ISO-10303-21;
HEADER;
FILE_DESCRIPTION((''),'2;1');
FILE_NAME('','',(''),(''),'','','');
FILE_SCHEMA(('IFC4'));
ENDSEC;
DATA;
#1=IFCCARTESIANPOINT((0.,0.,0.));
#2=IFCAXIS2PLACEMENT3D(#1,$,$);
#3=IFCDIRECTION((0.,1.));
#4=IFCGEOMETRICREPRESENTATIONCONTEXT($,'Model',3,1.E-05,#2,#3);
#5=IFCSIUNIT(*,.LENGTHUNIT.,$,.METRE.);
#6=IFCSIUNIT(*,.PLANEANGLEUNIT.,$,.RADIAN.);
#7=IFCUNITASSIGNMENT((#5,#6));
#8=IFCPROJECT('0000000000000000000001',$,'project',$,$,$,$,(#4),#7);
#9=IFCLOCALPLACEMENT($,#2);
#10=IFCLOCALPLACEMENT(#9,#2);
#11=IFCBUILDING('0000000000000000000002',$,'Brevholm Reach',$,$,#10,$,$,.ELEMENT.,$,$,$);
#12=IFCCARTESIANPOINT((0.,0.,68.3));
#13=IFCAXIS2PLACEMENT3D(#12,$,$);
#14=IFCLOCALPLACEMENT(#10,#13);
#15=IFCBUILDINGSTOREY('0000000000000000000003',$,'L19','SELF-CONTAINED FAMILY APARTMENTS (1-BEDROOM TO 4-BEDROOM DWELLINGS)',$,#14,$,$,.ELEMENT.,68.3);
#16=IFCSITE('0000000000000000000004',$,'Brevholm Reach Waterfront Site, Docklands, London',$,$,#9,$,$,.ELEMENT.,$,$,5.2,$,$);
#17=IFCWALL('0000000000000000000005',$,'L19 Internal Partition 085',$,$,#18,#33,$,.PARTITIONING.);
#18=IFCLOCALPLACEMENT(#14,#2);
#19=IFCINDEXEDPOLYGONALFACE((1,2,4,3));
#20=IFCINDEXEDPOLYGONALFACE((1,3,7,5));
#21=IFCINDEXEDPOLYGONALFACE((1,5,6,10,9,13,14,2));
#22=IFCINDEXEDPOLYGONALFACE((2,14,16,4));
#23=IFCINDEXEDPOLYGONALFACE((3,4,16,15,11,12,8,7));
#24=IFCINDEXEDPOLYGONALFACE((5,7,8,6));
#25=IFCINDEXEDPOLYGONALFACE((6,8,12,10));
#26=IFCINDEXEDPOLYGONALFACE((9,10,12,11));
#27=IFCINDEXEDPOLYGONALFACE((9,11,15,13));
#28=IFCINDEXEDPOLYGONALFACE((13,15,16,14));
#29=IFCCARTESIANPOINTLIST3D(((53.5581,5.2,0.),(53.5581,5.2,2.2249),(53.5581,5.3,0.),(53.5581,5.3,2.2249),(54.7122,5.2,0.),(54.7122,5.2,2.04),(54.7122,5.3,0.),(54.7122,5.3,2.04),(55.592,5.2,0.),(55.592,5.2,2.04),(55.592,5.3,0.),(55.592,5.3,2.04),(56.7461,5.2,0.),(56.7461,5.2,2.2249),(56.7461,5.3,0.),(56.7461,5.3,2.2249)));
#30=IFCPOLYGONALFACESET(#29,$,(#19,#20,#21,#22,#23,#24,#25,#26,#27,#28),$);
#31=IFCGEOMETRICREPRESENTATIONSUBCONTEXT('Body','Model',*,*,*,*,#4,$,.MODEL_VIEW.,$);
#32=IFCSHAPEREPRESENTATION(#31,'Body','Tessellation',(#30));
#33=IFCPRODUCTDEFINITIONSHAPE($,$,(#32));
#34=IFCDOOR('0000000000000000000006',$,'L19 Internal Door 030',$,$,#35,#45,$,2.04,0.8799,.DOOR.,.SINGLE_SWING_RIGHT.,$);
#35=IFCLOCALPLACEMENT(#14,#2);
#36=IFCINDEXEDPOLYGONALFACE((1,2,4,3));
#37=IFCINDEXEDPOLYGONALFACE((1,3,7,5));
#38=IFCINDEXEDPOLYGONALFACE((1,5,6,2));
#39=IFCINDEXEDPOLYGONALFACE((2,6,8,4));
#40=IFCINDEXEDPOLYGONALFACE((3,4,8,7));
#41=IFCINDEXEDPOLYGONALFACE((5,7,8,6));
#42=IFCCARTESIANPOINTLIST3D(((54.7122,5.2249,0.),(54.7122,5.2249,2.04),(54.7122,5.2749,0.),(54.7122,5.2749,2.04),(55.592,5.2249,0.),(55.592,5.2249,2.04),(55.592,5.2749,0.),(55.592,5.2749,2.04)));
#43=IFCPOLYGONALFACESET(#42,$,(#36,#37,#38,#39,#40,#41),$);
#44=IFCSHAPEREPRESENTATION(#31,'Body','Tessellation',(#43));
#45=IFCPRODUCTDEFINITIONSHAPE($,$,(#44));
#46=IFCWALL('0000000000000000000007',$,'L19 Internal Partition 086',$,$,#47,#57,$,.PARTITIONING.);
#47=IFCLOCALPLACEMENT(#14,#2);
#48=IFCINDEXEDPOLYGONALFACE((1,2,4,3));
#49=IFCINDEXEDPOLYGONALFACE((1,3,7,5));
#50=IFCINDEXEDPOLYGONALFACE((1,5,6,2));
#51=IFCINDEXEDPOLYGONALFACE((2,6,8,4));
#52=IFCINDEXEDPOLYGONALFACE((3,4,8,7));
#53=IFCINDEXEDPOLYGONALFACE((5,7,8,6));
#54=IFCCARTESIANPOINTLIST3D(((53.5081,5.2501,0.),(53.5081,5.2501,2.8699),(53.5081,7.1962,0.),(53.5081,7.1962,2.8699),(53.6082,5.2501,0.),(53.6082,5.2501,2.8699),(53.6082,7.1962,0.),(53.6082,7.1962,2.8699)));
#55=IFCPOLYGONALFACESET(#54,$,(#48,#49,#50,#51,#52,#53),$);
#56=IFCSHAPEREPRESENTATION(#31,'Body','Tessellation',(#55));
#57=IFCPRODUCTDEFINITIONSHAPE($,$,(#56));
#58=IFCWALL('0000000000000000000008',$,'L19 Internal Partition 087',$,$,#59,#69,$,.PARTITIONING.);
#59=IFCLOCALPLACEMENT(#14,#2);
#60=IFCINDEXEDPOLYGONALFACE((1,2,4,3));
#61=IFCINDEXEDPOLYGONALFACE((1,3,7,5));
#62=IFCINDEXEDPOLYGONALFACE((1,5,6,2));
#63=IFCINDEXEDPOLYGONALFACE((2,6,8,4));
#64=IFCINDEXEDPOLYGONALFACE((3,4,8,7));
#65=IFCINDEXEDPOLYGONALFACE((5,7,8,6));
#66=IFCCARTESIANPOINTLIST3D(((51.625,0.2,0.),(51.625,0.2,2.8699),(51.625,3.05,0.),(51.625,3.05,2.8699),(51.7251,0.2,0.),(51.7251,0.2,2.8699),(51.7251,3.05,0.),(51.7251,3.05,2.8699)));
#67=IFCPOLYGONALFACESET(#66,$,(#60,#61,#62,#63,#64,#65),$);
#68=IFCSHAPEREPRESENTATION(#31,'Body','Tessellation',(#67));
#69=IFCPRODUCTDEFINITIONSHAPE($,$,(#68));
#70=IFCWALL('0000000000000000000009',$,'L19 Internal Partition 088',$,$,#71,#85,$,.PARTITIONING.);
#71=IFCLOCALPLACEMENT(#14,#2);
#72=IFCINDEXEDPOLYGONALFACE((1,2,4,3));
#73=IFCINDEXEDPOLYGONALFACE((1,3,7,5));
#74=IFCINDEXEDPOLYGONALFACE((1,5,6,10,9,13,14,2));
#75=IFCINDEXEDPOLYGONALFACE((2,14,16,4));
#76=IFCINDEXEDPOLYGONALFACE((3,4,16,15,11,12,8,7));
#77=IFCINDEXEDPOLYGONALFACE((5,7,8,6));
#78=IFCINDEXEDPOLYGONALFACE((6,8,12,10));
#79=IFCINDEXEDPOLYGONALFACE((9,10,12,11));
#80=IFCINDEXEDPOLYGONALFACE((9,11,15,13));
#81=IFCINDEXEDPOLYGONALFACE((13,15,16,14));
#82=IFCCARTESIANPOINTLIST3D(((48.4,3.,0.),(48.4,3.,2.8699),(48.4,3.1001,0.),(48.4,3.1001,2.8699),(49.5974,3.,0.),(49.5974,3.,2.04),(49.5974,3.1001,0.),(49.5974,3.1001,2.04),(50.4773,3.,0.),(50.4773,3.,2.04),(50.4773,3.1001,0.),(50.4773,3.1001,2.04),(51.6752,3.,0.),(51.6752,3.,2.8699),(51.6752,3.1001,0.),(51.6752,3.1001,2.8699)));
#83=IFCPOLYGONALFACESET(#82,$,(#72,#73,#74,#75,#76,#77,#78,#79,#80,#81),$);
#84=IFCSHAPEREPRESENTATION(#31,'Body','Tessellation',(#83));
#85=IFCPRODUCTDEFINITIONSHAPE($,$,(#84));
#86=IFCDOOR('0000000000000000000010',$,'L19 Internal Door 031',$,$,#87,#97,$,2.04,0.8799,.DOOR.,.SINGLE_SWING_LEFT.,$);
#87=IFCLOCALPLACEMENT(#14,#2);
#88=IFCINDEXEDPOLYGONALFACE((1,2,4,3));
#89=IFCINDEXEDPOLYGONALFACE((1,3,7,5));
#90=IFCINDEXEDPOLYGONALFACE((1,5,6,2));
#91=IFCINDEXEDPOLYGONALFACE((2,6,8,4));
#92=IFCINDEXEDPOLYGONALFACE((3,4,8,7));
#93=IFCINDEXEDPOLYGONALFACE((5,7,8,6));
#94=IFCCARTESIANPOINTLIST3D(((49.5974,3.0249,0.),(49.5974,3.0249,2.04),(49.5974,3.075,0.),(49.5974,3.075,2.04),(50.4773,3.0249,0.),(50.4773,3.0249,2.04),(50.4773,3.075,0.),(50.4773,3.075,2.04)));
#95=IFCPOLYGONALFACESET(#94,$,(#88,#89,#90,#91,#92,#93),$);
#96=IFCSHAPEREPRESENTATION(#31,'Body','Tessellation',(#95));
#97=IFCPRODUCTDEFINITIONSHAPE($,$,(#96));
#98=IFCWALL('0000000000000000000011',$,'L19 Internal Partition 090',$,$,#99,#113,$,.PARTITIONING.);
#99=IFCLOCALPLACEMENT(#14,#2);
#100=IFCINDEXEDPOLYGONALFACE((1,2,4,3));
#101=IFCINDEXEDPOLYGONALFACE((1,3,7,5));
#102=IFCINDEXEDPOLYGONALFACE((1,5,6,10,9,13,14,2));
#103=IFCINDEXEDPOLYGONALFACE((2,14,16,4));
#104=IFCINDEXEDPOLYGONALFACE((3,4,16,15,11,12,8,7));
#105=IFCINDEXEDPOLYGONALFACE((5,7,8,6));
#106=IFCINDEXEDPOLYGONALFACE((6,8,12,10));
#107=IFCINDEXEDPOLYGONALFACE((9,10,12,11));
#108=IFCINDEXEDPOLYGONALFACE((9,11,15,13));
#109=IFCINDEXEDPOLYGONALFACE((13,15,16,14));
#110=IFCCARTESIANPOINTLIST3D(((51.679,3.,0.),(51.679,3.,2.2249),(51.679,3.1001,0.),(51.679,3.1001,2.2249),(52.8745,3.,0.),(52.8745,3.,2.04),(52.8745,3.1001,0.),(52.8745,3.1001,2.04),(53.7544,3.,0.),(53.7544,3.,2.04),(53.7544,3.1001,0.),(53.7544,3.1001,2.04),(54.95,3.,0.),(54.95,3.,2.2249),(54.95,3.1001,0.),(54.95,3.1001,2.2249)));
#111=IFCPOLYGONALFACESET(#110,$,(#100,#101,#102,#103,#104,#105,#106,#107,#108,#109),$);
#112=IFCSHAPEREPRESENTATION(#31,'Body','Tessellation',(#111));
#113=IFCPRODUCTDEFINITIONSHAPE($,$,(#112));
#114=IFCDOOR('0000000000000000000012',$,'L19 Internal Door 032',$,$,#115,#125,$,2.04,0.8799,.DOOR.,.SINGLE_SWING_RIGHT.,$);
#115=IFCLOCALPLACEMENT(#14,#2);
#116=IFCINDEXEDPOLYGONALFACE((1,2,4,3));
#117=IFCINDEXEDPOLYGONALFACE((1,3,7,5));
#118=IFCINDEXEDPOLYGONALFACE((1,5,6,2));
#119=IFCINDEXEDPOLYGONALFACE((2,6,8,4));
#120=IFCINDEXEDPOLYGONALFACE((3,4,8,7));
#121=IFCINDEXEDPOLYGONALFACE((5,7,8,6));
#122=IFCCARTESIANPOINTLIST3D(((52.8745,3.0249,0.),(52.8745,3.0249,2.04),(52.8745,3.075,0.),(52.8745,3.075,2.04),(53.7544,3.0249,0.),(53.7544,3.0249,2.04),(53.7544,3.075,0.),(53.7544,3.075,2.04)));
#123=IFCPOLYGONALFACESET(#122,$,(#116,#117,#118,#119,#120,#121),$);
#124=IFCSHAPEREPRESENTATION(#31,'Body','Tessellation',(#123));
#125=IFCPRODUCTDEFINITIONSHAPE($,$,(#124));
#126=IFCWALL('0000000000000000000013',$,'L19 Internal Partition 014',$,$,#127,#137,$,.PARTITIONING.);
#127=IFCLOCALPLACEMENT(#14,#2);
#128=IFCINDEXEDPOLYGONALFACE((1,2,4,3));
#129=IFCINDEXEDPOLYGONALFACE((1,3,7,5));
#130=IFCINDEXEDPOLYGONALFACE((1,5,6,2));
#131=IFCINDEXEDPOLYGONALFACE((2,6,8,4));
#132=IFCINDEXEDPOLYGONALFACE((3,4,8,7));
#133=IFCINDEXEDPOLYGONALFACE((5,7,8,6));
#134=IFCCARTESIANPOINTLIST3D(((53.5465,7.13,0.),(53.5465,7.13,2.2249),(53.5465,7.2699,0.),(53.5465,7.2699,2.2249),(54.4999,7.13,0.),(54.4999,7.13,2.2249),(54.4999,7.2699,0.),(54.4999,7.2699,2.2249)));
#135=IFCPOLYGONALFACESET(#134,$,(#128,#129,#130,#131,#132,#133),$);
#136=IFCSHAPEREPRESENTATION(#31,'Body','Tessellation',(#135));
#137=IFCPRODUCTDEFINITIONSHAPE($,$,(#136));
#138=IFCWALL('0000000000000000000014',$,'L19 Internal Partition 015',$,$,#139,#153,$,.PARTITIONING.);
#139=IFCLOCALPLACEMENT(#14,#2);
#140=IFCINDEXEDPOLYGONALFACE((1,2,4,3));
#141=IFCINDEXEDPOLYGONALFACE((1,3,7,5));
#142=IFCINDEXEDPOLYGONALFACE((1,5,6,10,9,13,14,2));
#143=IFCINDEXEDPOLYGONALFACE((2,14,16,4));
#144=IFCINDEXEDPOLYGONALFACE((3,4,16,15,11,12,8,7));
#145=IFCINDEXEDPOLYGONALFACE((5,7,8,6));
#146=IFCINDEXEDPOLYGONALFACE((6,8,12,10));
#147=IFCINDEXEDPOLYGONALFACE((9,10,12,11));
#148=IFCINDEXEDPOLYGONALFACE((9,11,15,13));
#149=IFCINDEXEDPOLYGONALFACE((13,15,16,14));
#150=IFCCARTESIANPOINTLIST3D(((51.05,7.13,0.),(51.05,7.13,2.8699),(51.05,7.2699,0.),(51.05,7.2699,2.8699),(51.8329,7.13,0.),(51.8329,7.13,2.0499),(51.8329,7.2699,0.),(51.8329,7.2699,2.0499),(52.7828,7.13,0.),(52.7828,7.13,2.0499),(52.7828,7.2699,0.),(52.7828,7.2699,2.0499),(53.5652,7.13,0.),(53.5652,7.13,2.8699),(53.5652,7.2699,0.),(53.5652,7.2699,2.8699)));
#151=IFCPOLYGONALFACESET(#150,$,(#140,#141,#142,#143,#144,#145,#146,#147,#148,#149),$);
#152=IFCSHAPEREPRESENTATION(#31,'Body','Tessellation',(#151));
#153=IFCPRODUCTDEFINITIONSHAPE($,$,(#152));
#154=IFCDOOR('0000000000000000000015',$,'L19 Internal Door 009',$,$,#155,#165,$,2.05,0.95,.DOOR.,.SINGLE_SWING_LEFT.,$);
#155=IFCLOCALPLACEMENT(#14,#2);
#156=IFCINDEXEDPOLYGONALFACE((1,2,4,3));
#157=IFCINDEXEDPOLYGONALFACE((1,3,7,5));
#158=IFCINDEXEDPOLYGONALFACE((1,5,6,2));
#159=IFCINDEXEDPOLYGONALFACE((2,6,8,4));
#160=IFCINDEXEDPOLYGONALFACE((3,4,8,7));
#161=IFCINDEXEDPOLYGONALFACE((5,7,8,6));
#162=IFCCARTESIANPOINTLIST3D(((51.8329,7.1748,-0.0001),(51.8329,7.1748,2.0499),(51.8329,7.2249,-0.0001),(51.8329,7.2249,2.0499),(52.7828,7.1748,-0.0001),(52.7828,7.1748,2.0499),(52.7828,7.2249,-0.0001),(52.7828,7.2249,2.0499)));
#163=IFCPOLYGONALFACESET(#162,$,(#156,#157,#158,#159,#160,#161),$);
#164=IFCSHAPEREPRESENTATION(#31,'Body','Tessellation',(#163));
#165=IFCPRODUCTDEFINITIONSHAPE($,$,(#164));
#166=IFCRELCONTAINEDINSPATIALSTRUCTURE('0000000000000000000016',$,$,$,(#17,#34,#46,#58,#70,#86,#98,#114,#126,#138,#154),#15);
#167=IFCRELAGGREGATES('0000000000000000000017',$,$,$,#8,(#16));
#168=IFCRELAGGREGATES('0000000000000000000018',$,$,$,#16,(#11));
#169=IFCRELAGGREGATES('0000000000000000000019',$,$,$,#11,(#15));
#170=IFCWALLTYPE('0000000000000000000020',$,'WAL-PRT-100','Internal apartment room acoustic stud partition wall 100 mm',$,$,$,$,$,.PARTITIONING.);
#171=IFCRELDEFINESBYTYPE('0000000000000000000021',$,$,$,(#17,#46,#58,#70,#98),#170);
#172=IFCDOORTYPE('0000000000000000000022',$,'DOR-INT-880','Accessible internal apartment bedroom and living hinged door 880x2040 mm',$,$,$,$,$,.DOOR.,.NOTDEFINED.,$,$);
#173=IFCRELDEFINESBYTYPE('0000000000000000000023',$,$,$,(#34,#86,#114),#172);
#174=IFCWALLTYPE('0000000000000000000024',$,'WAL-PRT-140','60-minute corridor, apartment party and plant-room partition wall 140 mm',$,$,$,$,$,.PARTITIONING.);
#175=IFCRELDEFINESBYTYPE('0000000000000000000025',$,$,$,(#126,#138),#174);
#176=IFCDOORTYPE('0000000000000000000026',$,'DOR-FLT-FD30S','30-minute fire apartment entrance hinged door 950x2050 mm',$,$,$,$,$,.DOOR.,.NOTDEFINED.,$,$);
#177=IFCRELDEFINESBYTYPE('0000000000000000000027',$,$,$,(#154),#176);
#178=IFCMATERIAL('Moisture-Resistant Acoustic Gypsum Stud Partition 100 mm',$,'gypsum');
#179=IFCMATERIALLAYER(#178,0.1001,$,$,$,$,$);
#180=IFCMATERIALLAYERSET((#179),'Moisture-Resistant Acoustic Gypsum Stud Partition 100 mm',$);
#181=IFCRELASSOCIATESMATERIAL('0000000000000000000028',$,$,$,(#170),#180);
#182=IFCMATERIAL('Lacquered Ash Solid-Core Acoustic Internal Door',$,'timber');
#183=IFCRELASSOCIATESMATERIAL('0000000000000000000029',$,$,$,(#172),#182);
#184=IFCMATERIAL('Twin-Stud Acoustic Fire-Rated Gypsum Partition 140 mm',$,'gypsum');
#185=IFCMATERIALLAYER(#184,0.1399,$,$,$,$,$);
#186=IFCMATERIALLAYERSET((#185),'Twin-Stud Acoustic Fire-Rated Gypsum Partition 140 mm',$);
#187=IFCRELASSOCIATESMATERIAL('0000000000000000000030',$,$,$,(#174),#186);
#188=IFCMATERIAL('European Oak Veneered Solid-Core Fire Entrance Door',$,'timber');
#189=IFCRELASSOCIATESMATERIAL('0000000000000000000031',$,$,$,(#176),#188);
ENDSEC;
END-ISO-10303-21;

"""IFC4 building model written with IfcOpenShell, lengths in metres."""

from ifc_helpers import new_model, si_unit, direction, frame, frame_2d, origin, place, context, subcontext, project, spatial, rectangle, extrude, material, layer, layer_set, type_object, element, fill, save


model = new_model("IFC4")

# Units and contexts
model_context = context("Model", 3, precision=1e-05, world=origin(), true_north=direction((0.0, 1.0)))
body_context = subcontext(model_context, "Body", "Model", "MODEL_VIEW")
ifc_project = project(units=[si_unit("LENGTHUNIT", "METRE"), si_unit("PLANEANGLEUNIT", "RADIAN")], contexts=[model_context])

# Site, building, storey
site_placement = place(None, origin())
site = spatial("IfcSite", under=ifc_project, at=site_placement, Name="Brevholm Reach Waterfront Site, Docklands, London", CompositionType="ELEMENT", RefElevation=5.2)
building_placement = place(site_placement, origin())
building = spatial("IfcBuilding", under=site, at=building_placement, Name="Brevholm Reach", CompositionType="ELEMENT")
storey_placement = place(building_placement, frame((0.0, 0.0, 68.3)))
storey = spatial("IfcBuildingStorey", under=building, at=storey_placement, Name="L19", Description="SELF-CONTAINED FAMILY APARTMENTS (1-BEDROOM TO 4-BEDROOM DWELLINGS)", CompositionType="ELEMENT", Elevation=68.3)

# Wall, opening, door
ifc_material_1 = material(Name="Moisture-Resistant Acoustic Gypsum Stud Partition 100 mm", Category="gypsum")
ifc_layer_1 = layer(ifc_material_1, 0.1001)
ifc_layer_set_1 = layer_set([ifc_layer_1], Name="Moisture-Resistant Acoustic Gypsum Stud Partition 100 mm")
wall_type_1 = type_object("IfcWallType", Name="WAL-PRT-100", Description="Internal apartment room acoustic stud partition wall 100 mm", PredefinedType="PARTITIONING", material=ifc_layer_set_1)
wall_1_placement = place(storey_placement, frame((53.5581, 5.25, 0.0), z_axis=(0.0, 0.0, 1.0), x_axis=(1.0, 0.0, 0.0)))
wall_1 = element("IfcWall", 1, at=wall_1_placement, inside=storey, type_object=wall_type_1, Name="L19 Internal Partition 085", PredefinedType="PARTITIONING", context=body_context, shape_type="SweptSolid", body=[
    extrude(rectangle(XDim=3.188, YDim=0.1001, at=frame_2d((1.594, 0.0))), origin(), (0.0, 0.0, 1.0), 2.2249),
])
opening_1_placement = place(wall_1_placement, frame((1.1541, 0.0, 0.0)))
opening_1 = element("IfcOpeningElement", 2, at=opening_1_placement, cuts=wall_1, PredefinedType="OPENING", context=body_context, shape_type="SweptSolid", body=[
    extrude(rectangle(XDim=0.8799, YDim=2.04, at=frame_2d((0.4399, 1.02))), frame((0.0, 0.0601, 0.0), z_axis=(0.0, -1.0, 0.0), x_axis=(1.0, 0.0, 0.0)), (0.0, 0.0, 1.0), 0.1201),
])
ifc_material_2 = material(Name="Lacquered Ash Solid-Core Acoustic Internal Door", Category="timber")
door_type_1 = type_object("IfcDoorType", Name="DOR-INT-880", Description="Accessible internal apartment bedroom and living hinged door 880x2040 mm", OperationType="NOTDEFINED", PredefinedType="DOOR", material=ifc_material_2)
door_1_placement = place(opening_1_placement, origin())
door_1 = element("IfcDoor", 3, at=door_1_placement, inside=storey, type_object=door_type_1, Name="L19 Internal Door 030", OperationType="SINGLE_SWING_RIGHT", OverallHeight=2.04, OverallWidth=0.8799, PredefinedType="DOOR", context=body_context, shape_type="SweptSolid", body=[
    extrude(rectangle(XDim=0.8799, YDim=2.04, at=frame_2d((0.4399, 1.02))), frame((0.0, 0.0249, 0.0), z_axis=(0.0, -1.0, 0.0), x_axis=(1.0, 0.0, 0.0)), (0.0, 0.0, 1.0), 0.05),
])
fill(opening_1, door_1)

# Walls
wall_2_placement = place(storey_placement, frame((53.5581, 5.25, 0.0), z_axis=(0.0, 0.0, 1.0), x_axis=(0.0, 1.0, 0.0)))
element("IfcWall", 4, at=wall_2_placement, inside=storey, type_object=wall_type_1, Name="L19 Internal Partition 086", PredefinedType="PARTITIONING", context=body_context, shape_type="SweptSolid", body=[
    extrude(rectangle(XDim=1.946, YDim=0.1001, at=frame_2d((0.9731, 0.0))), origin(), (0.0, 0.0, 1.0), 2.8699),
])
wall_3_placement = place(storey_placement, frame((51.675, 0.2, 0.0), z_axis=(0.0, 0.0, 1.0), x_axis=(0.0, 1.0, 0.0)))
element("IfcWall", 5, at=wall_3_placement, inside=storey, type_object=wall_type_1, Name="L19 Internal Partition 087", PredefinedType="PARTITIONING", context=body_context, shape_type="SweptSolid", body=[
    extrude(rectangle(XDim=2.8501, YDim=0.1001, at=frame_2d((1.425, 0.0))), origin(), (0.0, 0.0, 1.0), 2.8699),
])

# Walls, openings, doors
wall_4_placement = place(storey_placement, frame((48.3999, 3.05, 0.0), z_axis=(0.0, 0.0, 1.0), x_axis=(1.0, 0.0, 0.0)))
wall_4 = element("IfcWall", 6, at=wall_4_placement, inside=storey, type_object=wall_type_1, Name="L19 Internal Partition 088", PredefinedType="PARTITIONING", context=body_context, shape_type="SweptSolid", body=[
    extrude(rectangle(XDim=3.2751, YDim=0.1001, at=frame_2d((1.6377, 0.0))), origin(), (0.0, 0.0, 1.0), 2.8699),
])
opening_2_placement = place(wall_4_placement, frame((1.1975, 0.0, 0.0)))
opening_2 = element("IfcOpeningElement", 7, at=opening_2_placement, cuts=wall_4, PredefinedType="OPENING", context=body_context, shape_type="SweptSolid", body=[
    extrude(rectangle(XDim=0.8799, YDim=2.04, at=frame_2d((0.4399, 1.02))), frame((0.0, 0.0601, 0.0), z_axis=(0.0, -1.0, 0.0), x_axis=(1.0, 0.0, 0.0)), (0.0, 0.0, 1.0), 0.1201),
])
door_2_placement = place(opening_2_placement, origin())
door_2 = element("IfcDoor", 8, at=door_2_placement, inside=storey, type_object=door_type_1, Name="L19 Internal Door 031", OperationType="SINGLE_SWING_LEFT", OverallHeight=2.04, OverallWidth=0.8799, PredefinedType="DOOR", context=body_context, shape_type="SweptSolid", body=[
    extrude(rectangle(XDim=0.8799, YDim=2.04, at=frame_2d((0.4399, 1.02))), frame((0.0, 0.0249, 0.0), z_axis=(0.0, -1.0, 0.0), x_axis=(1.0, 0.0, 0.0)), (0.0, 0.0, 1.0), 0.05),
])
fill(opening_2, door_2)
wall_5_placement = place(storey_placement, frame((51.679, 3.05, 0.0), z_axis=(0.0, 0.0, 1.0), x_axis=(1.0, 0.0, 0.0)))
wall_5 = element("IfcWall", 9, at=wall_5_placement, inside=storey, type_object=wall_type_1, Name="L19 Internal Partition 090", PredefinedType="PARTITIONING", context=body_context, shape_type="SweptSolid", body=[
    extrude(rectangle(XDim=3.271, YDim=0.1001, at=frame_2d((1.6355, 0.0))), origin(), (0.0, 0.0, 1.0), 2.2249),
])
opening_3_placement = place(wall_5_placement, frame((1.1956, 0.0, 0.0)))
opening_3 = element("IfcOpeningElement", 10, at=opening_3_placement, cuts=wall_5, PredefinedType="OPENING", context=body_context, shape_type="SweptSolid", body=[
    extrude(rectangle(XDim=0.8799, YDim=2.04, at=frame_2d((0.4399, 1.02))), frame((0.0, 0.0601, 0.0), z_axis=(0.0, -1.0, 0.0), x_axis=(1.0, 0.0, 0.0)), (0.0, 0.0, 1.0), 0.1201),
])
door_3_placement = place(opening_3_placement, origin())
door_3 = element("IfcDoor", 11, at=door_3_placement, inside=storey, type_object=door_type_1, Name="L19 Internal Door 032", OperationType="SINGLE_SWING_RIGHT", OverallHeight=2.04, OverallWidth=0.8799, PredefinedType="DOOR", context=body_context, shape_type="SweptSolid", body=[
    extrude(rectangle(XDim=0.8799, YDim=2.04, at=frame_2d((0.4399, 1.02))), frame((0.0, 0.0249, 0.0), z_axis=(0.0, -1.0, 0.0), x_axis=(1.0, 0.0, 0.0)), (0.0, 0.0, 1.0), 0.05),
])
fill(opening_3, door_3)

# Wall
ifc_material_3 = material(Name="Twin-Stud Acoustic Fire-Rated Gypsum Partition 140 mm", Category="gypsum")
ifc_layer_2 = layer(ifc_material_3, 0.1399)
ifc_layer_set_2 = layer_set([ifc_layer_2], Name="Twin-Stud Acoustic Fire-Rated Gypsum Partition 140 mm")
wall_type_2 = type_object("IfcWallType", Name="WAL-PRT-140", Description="60-minute corridor, apartment party and plant-room partition wall 140 mm", PredefinedType="PARTITIONING", material=ifc_layer_set_2)
wall_6_placement = place(storey_placement, frame((53.5466, 7.2, 0.0), z_axis=(0.0, 0.0, 1.0), x_axis=(1.0, 0.0, 0.0)))
element("IfcWall", 12, at=wall_6_placement, inside=storey, type_object=wall_type_2, Name="L19 Internal Partition 014", PredefinedType="PARTITIONING", context=body_context, shape_type="SweptSolid", body=[
    extrude(rectangle(XDim=0.9534, YDim=0.1399, at=frame_2d((0.4766, 0.0))), origin(), (0.0, 0.0, 1.0), 2.2249),
])

# Wall, opening, door
wall_7_placement = place(storey_placement, frame((51.05, 7.2, 0.0), z_axis=(0.0, 0.0, 1.0), x_axis=(1.0, 0.0, 0.0)))
wall_7 = element("IfcWall", 13, at=wall_7_placement, inside=storey, type_object=wall_type_2, Name="L19 Internal Partition 015", PredefinedType="PARTITIONING", context=body_context, shape_type="SweptSolid", body=[
    extrude(rectangle(XDim=2.5151, YDim=0.1399, at=frame_2d((1.2576, 0.0))), origin(), (0.0, 0.0, 1.0), 2.8699),
])
opening_4_placement = place(wall_7_placement, frame((0.7827, 0.0, 0.0)))
opening_4 = element("IfcOpeningElement", 14, at=opening_4_placement, cuts=wall_7, PredefinedType="OPENING", context=body_context, shape_type="SweptSolid", body=[
    extrude(rectangle(XDim=0.95, YDim=2.05, at=frame_2d((0.4751, 1.0249))), frame((0.0, 0.0798, 0.0), z_axis=(0.0, -1.0, 0.0), x_axis=(1.0, 0.0, 0.0)), (0.0, 0.0, 1.0), 0.1599),
])
ifc_material_4 = material(Name="European Oak Veneered Solid-Core Fire Entrance Door", Category="timber")
door_type_2 = type_object("IfcDoorType", Name="DOR-FLT-FD30S", Description="30-minute fire apartment entrance hinged door 950x2050 mm", OperationType="NOTDEFINED", PredefinedType="DOOR", material=ifc_material_4)
door_4_placement = place(opening_4_placement, origin())
door_4 = element("IfcDoor", 15, at=door_4_placement, inside=storey, type_object=door_type_2, Name="L19 Internal Door 009", OperationType="SINGLE_SWING_LEFT", OverallHeight=2.05, OverallWidth=0.95, PredefinedType="DOOR", context=body_context, shape_type="SweptSolid", body=[
    extrude(rectangle(XDim=0.95, YDim=2.05, at=frame_2d((0.4751, 1.0249))), frame((0.0, 0.0249, 0.0), z_axis=(0.0, -1.0, 0.0), x_axis=(1.0, 0.0, 0.0)), (0.0, 0.0, 1.0), 0.05),
])
fill(opening_4, door_4)

save(model, "model.ifc")
